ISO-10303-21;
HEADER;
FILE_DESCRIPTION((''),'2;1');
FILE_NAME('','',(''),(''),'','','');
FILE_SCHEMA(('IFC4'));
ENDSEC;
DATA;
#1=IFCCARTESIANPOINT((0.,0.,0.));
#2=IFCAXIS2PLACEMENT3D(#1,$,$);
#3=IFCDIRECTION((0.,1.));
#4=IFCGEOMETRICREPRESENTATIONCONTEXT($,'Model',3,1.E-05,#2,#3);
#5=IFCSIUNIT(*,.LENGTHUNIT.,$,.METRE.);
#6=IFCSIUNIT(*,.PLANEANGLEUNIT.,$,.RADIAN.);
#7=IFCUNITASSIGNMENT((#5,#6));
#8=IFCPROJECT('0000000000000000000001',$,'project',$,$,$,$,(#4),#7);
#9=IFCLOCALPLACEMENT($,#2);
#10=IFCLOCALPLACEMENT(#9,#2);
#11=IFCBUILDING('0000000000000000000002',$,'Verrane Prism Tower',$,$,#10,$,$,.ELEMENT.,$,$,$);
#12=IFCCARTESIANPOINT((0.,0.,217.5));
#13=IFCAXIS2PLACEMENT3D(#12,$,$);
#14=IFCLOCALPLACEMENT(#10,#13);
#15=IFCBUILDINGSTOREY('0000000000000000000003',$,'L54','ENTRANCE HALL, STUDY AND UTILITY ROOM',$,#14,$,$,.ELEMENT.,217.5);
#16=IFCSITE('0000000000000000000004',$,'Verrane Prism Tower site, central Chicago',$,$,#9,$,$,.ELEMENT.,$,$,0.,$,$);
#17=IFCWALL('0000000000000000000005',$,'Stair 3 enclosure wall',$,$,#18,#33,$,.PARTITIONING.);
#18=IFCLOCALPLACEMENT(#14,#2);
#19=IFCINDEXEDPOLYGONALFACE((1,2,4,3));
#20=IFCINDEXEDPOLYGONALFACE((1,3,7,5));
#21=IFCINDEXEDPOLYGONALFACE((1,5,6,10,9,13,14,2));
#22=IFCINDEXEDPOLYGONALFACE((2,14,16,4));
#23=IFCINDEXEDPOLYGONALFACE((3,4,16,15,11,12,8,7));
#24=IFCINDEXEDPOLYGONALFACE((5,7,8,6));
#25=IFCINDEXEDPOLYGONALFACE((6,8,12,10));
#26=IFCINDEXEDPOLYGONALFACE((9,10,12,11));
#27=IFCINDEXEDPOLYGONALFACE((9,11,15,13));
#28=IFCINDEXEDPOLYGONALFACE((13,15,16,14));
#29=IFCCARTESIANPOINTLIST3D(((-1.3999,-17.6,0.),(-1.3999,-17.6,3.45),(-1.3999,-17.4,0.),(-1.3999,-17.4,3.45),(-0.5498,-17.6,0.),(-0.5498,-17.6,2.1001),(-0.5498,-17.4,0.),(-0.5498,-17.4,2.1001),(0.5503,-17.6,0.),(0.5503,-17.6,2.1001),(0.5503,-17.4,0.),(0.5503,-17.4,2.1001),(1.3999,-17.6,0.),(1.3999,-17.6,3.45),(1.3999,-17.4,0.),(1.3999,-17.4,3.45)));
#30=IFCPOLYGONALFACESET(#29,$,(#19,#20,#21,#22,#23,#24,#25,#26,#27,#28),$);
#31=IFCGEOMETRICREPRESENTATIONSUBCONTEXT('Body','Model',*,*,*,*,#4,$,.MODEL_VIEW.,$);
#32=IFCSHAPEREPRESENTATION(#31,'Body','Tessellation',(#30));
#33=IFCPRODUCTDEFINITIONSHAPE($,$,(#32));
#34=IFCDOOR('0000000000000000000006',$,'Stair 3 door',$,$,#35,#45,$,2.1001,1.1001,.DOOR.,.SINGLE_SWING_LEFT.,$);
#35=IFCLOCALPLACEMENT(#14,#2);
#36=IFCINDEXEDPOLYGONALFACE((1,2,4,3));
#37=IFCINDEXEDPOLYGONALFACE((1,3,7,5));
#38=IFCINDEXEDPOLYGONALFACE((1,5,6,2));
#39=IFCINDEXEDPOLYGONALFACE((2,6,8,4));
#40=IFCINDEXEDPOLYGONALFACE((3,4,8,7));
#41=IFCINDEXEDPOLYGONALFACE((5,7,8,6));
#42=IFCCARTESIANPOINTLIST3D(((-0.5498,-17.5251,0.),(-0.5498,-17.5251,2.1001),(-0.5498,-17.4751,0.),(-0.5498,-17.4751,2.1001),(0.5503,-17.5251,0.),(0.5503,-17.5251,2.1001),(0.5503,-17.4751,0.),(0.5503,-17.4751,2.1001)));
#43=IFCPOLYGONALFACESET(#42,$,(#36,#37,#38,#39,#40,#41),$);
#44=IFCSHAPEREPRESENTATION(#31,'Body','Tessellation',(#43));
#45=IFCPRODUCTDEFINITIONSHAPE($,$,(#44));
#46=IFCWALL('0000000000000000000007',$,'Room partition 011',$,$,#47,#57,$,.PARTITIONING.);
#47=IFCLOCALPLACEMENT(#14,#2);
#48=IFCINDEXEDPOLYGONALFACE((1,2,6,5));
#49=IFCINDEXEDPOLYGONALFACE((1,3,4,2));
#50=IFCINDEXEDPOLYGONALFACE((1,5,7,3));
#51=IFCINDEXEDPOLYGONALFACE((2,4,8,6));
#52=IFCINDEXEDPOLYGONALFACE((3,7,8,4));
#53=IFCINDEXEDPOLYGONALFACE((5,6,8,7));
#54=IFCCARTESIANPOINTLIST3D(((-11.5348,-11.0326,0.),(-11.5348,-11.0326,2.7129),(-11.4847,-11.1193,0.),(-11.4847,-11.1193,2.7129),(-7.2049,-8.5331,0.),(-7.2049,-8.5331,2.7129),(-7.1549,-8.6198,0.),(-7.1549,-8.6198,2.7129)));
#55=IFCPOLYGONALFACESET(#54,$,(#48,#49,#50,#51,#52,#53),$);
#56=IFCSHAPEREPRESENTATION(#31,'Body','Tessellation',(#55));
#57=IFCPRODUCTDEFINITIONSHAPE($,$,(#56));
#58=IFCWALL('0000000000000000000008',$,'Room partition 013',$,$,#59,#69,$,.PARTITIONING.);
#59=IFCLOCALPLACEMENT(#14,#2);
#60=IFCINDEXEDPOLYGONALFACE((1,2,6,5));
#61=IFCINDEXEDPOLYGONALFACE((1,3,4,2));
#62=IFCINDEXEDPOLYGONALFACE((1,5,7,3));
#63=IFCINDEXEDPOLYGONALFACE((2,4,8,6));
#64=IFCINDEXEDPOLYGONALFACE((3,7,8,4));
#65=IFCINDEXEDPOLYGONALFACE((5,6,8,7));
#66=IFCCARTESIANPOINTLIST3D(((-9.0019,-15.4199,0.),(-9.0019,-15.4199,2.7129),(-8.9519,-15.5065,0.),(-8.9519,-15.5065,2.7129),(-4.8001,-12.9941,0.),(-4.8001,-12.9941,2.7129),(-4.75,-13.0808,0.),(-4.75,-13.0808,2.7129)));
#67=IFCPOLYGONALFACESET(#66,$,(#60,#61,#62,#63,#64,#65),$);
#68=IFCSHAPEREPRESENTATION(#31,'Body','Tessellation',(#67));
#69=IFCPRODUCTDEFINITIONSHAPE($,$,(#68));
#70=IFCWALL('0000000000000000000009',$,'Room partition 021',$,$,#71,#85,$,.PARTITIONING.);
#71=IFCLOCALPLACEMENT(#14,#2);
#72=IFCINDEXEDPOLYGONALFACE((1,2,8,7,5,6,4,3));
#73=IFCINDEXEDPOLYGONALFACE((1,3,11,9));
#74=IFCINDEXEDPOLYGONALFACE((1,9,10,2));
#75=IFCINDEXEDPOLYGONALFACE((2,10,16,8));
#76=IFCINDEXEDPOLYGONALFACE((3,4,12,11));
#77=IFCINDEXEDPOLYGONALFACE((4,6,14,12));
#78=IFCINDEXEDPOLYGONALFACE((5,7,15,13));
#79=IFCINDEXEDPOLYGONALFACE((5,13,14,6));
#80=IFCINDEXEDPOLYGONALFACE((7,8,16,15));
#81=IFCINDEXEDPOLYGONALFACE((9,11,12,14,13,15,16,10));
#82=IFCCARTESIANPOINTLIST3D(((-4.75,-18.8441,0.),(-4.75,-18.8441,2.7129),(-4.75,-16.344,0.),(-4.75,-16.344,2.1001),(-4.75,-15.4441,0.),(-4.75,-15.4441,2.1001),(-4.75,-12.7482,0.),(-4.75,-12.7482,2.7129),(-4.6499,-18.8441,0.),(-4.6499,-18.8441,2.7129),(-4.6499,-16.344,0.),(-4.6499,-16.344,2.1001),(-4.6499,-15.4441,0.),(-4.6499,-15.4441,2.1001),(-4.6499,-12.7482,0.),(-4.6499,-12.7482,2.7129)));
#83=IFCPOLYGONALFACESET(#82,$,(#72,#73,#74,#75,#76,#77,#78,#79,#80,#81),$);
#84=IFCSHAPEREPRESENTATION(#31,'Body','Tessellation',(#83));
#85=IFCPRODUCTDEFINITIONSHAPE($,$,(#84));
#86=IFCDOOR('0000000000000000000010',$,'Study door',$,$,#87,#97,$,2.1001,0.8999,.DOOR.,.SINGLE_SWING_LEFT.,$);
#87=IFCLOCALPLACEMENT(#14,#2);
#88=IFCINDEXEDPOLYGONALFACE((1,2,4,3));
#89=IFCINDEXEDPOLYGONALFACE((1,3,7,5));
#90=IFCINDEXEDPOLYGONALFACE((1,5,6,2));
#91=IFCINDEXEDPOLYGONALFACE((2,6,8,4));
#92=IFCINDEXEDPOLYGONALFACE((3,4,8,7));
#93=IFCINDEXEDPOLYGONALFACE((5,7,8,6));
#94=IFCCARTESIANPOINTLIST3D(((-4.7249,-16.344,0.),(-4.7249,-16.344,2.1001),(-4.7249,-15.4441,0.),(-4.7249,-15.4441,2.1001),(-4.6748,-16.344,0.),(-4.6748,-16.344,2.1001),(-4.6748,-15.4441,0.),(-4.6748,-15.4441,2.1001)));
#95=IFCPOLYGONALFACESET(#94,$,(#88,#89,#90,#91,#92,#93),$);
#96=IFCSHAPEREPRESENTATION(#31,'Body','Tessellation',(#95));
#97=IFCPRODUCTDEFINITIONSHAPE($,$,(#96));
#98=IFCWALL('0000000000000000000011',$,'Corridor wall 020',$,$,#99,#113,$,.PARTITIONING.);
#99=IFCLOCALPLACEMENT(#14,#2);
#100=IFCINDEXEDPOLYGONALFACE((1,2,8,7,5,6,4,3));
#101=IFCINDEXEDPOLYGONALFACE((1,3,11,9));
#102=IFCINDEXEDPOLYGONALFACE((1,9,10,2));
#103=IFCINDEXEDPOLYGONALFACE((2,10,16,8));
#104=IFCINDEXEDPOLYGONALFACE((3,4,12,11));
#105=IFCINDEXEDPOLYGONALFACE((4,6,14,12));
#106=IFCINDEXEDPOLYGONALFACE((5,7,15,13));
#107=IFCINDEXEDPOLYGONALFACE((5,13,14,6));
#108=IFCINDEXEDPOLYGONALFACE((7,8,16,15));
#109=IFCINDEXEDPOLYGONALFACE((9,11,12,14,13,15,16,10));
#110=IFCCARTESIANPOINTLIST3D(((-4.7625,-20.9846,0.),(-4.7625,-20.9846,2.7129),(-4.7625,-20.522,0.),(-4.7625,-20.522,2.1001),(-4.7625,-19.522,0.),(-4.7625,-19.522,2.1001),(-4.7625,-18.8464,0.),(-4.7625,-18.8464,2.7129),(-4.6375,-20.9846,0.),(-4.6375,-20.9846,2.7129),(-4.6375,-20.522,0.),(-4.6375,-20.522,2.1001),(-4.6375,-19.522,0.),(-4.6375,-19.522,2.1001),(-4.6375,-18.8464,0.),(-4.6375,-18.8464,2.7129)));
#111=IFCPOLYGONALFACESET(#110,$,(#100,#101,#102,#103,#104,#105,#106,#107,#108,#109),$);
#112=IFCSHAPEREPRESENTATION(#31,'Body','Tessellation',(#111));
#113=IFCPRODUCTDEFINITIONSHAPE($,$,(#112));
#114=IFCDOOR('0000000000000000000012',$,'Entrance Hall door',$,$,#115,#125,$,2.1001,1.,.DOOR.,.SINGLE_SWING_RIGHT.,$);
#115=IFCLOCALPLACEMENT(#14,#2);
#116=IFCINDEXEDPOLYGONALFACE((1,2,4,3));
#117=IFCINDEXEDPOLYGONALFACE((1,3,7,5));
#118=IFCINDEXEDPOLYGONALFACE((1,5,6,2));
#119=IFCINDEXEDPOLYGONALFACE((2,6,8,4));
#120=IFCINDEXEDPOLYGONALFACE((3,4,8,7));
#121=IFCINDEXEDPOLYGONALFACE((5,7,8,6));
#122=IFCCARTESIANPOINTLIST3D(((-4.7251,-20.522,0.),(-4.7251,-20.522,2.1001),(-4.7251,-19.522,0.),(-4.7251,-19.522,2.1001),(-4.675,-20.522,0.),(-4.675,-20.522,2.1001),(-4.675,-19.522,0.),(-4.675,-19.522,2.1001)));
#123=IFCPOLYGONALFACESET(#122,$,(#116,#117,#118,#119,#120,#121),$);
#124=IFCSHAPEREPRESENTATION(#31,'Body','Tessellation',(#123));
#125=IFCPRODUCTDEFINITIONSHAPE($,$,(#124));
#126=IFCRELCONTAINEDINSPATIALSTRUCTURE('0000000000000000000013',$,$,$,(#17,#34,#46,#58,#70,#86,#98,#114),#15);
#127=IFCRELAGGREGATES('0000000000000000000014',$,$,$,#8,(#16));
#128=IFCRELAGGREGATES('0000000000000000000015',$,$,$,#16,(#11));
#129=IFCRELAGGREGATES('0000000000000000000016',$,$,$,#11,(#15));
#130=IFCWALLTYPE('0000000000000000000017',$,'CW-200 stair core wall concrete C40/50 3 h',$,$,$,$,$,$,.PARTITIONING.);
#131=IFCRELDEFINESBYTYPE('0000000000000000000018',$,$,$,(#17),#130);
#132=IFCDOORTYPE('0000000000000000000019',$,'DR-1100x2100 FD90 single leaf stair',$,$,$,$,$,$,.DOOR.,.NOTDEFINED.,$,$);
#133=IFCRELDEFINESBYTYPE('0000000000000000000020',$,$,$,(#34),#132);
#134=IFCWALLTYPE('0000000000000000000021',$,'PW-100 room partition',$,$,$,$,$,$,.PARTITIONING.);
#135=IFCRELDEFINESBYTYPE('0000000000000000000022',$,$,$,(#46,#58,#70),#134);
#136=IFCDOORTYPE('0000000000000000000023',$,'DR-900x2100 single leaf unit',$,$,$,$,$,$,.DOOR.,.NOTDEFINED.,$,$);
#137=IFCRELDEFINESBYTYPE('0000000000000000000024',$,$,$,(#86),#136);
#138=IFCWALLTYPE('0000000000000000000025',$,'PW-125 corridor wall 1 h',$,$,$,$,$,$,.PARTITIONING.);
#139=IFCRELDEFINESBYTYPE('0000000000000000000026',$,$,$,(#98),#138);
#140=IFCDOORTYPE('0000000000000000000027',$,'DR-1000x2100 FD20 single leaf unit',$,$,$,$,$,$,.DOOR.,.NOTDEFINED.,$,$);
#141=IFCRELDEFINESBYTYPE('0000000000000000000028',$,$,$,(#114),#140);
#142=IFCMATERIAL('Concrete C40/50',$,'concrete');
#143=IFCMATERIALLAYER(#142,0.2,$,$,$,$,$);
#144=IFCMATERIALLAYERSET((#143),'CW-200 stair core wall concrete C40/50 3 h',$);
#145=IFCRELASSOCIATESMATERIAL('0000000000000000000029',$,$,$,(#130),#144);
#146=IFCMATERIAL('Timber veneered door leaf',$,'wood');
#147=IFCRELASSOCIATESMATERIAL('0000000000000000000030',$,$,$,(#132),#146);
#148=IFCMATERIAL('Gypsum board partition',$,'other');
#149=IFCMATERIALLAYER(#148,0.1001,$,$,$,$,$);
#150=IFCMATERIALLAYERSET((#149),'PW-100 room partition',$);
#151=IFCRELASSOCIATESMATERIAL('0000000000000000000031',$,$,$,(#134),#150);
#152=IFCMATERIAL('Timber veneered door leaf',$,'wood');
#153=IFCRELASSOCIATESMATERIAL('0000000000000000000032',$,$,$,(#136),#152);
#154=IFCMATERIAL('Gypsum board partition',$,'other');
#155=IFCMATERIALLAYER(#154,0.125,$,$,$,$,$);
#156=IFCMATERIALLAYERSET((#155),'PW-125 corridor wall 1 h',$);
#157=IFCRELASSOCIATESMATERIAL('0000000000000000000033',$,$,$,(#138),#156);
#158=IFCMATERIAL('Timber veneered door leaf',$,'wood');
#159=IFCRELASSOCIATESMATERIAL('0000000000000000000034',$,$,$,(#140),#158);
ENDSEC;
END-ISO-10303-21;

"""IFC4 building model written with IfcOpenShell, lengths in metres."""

from ifc_helpers import new_model, si_unit, direction, frame, frame_2d, origin, place, context, subcontext, project, spatial, rectangle, extrude, material, layer, layer_set, type_object, element, fill, save


model = new_model("IFC4")

# Units and contexts
model_context = context("Model", 3, precision=1e-05, world=origin(), true_north=direction((0.0, 1.0)))
body_context = subcontext(model_context, "Body", "Model", "MODEL_VIEW")
ifc_project = project(units=[si_unit("LENGTHUNIT", "METRE"), si_unit("PLANEANGLEUNIT", "RADIAN")], contexts=[model_context])

# Site, building, storey
site_placement = place(None, origin())
site = spatial("IfcSite", under=ifc_project, at=site_placement, Name="Verrane Prism Tower site, central Chicago", CompositionType="ELEMENT", RefElevation=0.0)
building_placement = place(site_placement, origin())
building = spatial("IfcBuilding", under=site, at=building_placement, Name="Verrane Prism Tower", CompositionType="ELEMENT")
storey_placement = place(building_placement, frame((0.0, 0.0, 217.5)))
storey = spatial("IfcBuildingStorey", under=building, at=storey_placement, Name="L54", Description="ENTRANCE HALL, STUDY AND UTILITY ROOM", CompositionType="ELEMENT", Elevation=217.5)

# Wall, opening, door
ifc_material_1 = material(Name="Concrete C40/50", Category="concrete")
ifc_layer_1 = layer(ifc_material_1, 0.2)
ifc_layer_set_1 = layer_set([ifc_layer_1], Name="CW-200 stair core wall concrete C40/50 3 h")
wall_type_1 = type_object("IfcWallType", Name="CW-200 stair core wall concrete C40/50 3 h", PredefinedType="PARTITIONING", material=ifc_layer_set_1)
wall_1_placement = place(storey_placement, frame((-1.3999, -17.5, 0.0), z_axis=(0.0, 0.0, 1.0), x_axis=(1.0, 0.0, 0.0)))
wall_1 = element("IfcWall", 1, at=wall_1_placement, inside=storey, type_object=wall_type_1, Name="Stair 3 enclosure wall", PredefinedType="PARTITIONING", context=body_context, shape_type="SweptSolid", body=[
    extrude(rectangle(XDim=2.7998, YDim=0.2, at=frame_2d((1.3999, 0.0))), origin(), (0.0, 0.0, 1.0), 3.45),
])
opening_1_placement = place(wall_1_placement, frame((0.8501, 0.0, 0.0)))
opening_1 = element("IfcOpeningElement", 2, at=opening_1_placement, cuts=wall_1, PredefinedType="OPENING", context=body_context, shape_type="SweptSolid", body=[
    extrude(rectangle(XDim=1.1001, YDim=2.1001, at=frame_2d((0.55, 1.05))), frame((0.0, 0.1099, 0.0), z_axis=(0.0, -1.0, 0.0), x_axis=(1.0, 0.0, 0.0)), (0.0, 0.0, 1.0), 0.22),
])
ifc_material_2 = material(Name="Timber veneered door leaf", Category="wood")
door_type_1 = type_object("IfcDoorType", Name="DR-1100x2100 FD90 single leaf stair", OperationType="NOTDEFINED", PredefinedType="DOOR", material=ifc_material_2)
door_1_placement = place(opening_1_placement, origin())
door_1 = element("IfcDoor", 3, at=door_1_placement, inside=storey, type_object=door_type_1, Name="Stair 3 door", OperationType="SINGLE_SWING_LEFT", OverallHeight=2.1001, OverallWidth=1.1001, PredefinedType="DOOR", context=body_context, shape_type="SweptSolid", body=[
    extrude(rectangle(XDim=1.1001, YDim=2.1001, at=frame_2d((0.55, 1.05))), frame((0.0, 0.0249, 0.0), z_axis=(0.0, -1.0, 0.0), x_axis=(1.0, 0.0, 0.0)), (0.0, 0.0, 1.0), 0.05),
])
fill(opening_1, door_1)

# Walls
ifc_material_3 = material(Name="Gypsum board partition", Category="other")
ifc_layer_2 = layer(ifc_material_3, 0.1001)
ifc_layer_set_2 = layer_set([ifc_layer_2], Name="PW-100 room partition")
wall_type_2 = type_object("IfcWallType", Name="PW-100 room partition", PredefinedType="PARTITIONING", material=ifc_layer_set_2)
wall_2_placement = place(storey_placement, frame((-11.5098, -11.0759, 0.0), z_axis=(0.0, 0.0, 1.0), x_axis=(0.866053, 0.499952, 0.0)))
element("IfcWall", 4, at=wall_2_placement, inside=storey, type_object=wall_type_2, Name="Room partition 011", PredefinedType="PARTITIONING", context=body_context, shape_type="SweptSolid", body=[
    extrude(rectangle(XDim=4.9995, YDim=0.1001, at=frame_2d((2.4998, 0.0))), origin(), (0.0, 0.0, 1.0), 2.7129),
])
wall_3_placement = place(storey_placement, frame((-8.9768, -15.4631, 0.0), z_axis=(0.0, 0.0, 1.0), x_axis=(0.866042, 0.499971, 0.0)))
element("IfcWall", 5, at=wall_3_placement, inside=storey, type_object=wall_type_2, Name="Room partition 013", PredefinedType="PARTITIONING", context=body_context, shape_type="SweptSolid", body=[
    extrude(rectangle(XDim=4.8518, YDim=0.1001, at=frame_2d((2.4258, 0.0))), origin(), (0.0, 0.0, 1.0), 2.7129),
])

# Walls, openings, doors
wall_4_placement = place(storey_placement, frame((-4.7, -18.844, 0.0), z_axis=(0.0, 0.0, 1.0), x_axis=(0.0, 1.0, 0.0)))
wall_4 = element("IfcWall", 6, at=wall_4_placement, inside=storey, type_object=wall_type_2, Name="Room partition 021", PredefinedType="PARTITIONING", context=body_context, shape_type="SweptSolid", body=[
    extrude(rectangle(XDim=6.0959, YDim=0.1001, at=frame_2d((3.0479, 0.0))), origin(), (0.0, 0.0, 1.0), 2.7129),
])
opening_2_placement = place(wall_4_placement, frame((2.5, 0.0, 0.0)))
opening_2 = element("IfcOpeningElement", 7, at=opening_2_placement, cuts=wall_4, PredefinedType="OPENING", context=body_context, shape_type="SweptSolid", body=[
    extrude(rectangle(XDim=0.8999, YDim=2.1001, at=frame_2d((0.45, 1.05))), frame((0.0, 0.0601, 0.0), z_axis=(0.0, -1.0, 0.0), x_axis=(1.0, 0.0, 0.0)), (0.0, 0.0, 1.0), 0.1201),
])
ifc_material_4 = material(Name="Timber veneered door leaf", Category="wood")
door_type_2 = type_object("IfcDoorType", Name="DR-900x2100 single leaf unit", OperationType="NOTDEFINED", PredefinedType="DOOR", material=ifc_material_4)
door_2_placement = place(opening_2_placement, origin())
door_2 = element("IfcDoor", 8, at=door_2_placement, inside=storey, type_object=door_type_2, Name="Study door", OperationType="SINGLE_SWING_LEFT", OverallHeight=2.1001, OverallWidth=0.8999, PredefinedType="DOOR", context=body_context, shape_type="SweptSolid", body=[
    extrude(rectangle(XDim=0.8999, YDim=2.1001, at=frame_2d((0.45, 1.05))), frame((0.0, 0.0249, 0.0), z_axis=(0.0, -1.0, 0.0), x_axis=(1.0, 0.0, 0.0)), (0.0, 0.0, 1.0), 0.05),
])
fill(opening_2, door_2)
ifc_material_5 = material(Name="Gypsum board partition", Category="other")
ifc_layer_3 = layer(ifc_material_5, 0.125)
ifc_layer_set_3 = layer_set([ifc_layer_3], Name="PW-125 corridor wall 1 h")
wall_type_3 = type_object("IfcWallType", Name="PW-125 corridor wall 1 h", PredefinedType="PARTITIONING", material=ifc_layer_set_3)
wall_5_placement = place(storey_placement, frame((-4.7, -18.8464, 0.0), z_axis=(0.0, 0.0, 1.0), x_axis=(0.0, -1.0, 0.0)))
wall_5 = element("IfcWall", 9, at=wall_5_placement, inside=storey, type_object=wall_type_3, Name="Corridor wall 020", PredefinedType="PARTITIONING", context=body_context, shape_type="SweptSolid", body=[
    extrude(rectangle(XDim=2.1382, YDim=0.125, at=frame_2d((1.0691, 0.0))), origin(), (0.0, 0.0, 1.0), 2.7129),
])
opening_3_placement = place(wall_5_placement, frame((0.6755, 0.0, 0.0)))
opening_3 = element("IfcOpeningElement", 10, at=opening_3_placement, cuts=wall_5, PredefinedType="OPENING", context=body_context, shape_type="SweptSolid", body=[
    extrude(rectangle(XDim=1.0, YDim=2.1001, at=frame_2d((0.5, 1.05))), frame((0.0, 0.0725, 0.0), z_axis=(0.0, -1.0, 0.0), x_axis=(1.0, 0.0, 0.0)), (0.0, 0.0, 1.0), 0.145),
])
ifc_material_6 = material(Name="Timber veneered door leaf", Category="wood")
door_type_3 = type_object("IfcDoorType", Name="DR-1000x2100 FD20 single leaf unit", OperationType="NOTDEFINED", PredefinedType="DOOR", material=ifc_material_6)
door_3_placement = place(opening_3_placement, origin())
door_3 = element("IfcDoor", 11, at=door_3_placement, inside=storey, type_object=door_type_3, Name="Entrance Hall door", OperationType="SINGLE_SWING_RIGHT", OverallHeight=2.1001, OverallWidth=1.0, PredefinedType="DOOR", context=body_context, shape_type="SweptSolid", body=[
    extrude(rectangle(XDim=1.0, YDim=2.1001, at=frame_2d((0.5, 1.05))), frame((0.0, 0.0249, 0.0), z_axis=(0.0, -1.0, 0.0), x_axis=(1.0, 0.0, 0.0)), (0.0, 0.0, 1.0), 0.05),
])
fill(opening_3, door_3)

save(model, "model.ifc")
